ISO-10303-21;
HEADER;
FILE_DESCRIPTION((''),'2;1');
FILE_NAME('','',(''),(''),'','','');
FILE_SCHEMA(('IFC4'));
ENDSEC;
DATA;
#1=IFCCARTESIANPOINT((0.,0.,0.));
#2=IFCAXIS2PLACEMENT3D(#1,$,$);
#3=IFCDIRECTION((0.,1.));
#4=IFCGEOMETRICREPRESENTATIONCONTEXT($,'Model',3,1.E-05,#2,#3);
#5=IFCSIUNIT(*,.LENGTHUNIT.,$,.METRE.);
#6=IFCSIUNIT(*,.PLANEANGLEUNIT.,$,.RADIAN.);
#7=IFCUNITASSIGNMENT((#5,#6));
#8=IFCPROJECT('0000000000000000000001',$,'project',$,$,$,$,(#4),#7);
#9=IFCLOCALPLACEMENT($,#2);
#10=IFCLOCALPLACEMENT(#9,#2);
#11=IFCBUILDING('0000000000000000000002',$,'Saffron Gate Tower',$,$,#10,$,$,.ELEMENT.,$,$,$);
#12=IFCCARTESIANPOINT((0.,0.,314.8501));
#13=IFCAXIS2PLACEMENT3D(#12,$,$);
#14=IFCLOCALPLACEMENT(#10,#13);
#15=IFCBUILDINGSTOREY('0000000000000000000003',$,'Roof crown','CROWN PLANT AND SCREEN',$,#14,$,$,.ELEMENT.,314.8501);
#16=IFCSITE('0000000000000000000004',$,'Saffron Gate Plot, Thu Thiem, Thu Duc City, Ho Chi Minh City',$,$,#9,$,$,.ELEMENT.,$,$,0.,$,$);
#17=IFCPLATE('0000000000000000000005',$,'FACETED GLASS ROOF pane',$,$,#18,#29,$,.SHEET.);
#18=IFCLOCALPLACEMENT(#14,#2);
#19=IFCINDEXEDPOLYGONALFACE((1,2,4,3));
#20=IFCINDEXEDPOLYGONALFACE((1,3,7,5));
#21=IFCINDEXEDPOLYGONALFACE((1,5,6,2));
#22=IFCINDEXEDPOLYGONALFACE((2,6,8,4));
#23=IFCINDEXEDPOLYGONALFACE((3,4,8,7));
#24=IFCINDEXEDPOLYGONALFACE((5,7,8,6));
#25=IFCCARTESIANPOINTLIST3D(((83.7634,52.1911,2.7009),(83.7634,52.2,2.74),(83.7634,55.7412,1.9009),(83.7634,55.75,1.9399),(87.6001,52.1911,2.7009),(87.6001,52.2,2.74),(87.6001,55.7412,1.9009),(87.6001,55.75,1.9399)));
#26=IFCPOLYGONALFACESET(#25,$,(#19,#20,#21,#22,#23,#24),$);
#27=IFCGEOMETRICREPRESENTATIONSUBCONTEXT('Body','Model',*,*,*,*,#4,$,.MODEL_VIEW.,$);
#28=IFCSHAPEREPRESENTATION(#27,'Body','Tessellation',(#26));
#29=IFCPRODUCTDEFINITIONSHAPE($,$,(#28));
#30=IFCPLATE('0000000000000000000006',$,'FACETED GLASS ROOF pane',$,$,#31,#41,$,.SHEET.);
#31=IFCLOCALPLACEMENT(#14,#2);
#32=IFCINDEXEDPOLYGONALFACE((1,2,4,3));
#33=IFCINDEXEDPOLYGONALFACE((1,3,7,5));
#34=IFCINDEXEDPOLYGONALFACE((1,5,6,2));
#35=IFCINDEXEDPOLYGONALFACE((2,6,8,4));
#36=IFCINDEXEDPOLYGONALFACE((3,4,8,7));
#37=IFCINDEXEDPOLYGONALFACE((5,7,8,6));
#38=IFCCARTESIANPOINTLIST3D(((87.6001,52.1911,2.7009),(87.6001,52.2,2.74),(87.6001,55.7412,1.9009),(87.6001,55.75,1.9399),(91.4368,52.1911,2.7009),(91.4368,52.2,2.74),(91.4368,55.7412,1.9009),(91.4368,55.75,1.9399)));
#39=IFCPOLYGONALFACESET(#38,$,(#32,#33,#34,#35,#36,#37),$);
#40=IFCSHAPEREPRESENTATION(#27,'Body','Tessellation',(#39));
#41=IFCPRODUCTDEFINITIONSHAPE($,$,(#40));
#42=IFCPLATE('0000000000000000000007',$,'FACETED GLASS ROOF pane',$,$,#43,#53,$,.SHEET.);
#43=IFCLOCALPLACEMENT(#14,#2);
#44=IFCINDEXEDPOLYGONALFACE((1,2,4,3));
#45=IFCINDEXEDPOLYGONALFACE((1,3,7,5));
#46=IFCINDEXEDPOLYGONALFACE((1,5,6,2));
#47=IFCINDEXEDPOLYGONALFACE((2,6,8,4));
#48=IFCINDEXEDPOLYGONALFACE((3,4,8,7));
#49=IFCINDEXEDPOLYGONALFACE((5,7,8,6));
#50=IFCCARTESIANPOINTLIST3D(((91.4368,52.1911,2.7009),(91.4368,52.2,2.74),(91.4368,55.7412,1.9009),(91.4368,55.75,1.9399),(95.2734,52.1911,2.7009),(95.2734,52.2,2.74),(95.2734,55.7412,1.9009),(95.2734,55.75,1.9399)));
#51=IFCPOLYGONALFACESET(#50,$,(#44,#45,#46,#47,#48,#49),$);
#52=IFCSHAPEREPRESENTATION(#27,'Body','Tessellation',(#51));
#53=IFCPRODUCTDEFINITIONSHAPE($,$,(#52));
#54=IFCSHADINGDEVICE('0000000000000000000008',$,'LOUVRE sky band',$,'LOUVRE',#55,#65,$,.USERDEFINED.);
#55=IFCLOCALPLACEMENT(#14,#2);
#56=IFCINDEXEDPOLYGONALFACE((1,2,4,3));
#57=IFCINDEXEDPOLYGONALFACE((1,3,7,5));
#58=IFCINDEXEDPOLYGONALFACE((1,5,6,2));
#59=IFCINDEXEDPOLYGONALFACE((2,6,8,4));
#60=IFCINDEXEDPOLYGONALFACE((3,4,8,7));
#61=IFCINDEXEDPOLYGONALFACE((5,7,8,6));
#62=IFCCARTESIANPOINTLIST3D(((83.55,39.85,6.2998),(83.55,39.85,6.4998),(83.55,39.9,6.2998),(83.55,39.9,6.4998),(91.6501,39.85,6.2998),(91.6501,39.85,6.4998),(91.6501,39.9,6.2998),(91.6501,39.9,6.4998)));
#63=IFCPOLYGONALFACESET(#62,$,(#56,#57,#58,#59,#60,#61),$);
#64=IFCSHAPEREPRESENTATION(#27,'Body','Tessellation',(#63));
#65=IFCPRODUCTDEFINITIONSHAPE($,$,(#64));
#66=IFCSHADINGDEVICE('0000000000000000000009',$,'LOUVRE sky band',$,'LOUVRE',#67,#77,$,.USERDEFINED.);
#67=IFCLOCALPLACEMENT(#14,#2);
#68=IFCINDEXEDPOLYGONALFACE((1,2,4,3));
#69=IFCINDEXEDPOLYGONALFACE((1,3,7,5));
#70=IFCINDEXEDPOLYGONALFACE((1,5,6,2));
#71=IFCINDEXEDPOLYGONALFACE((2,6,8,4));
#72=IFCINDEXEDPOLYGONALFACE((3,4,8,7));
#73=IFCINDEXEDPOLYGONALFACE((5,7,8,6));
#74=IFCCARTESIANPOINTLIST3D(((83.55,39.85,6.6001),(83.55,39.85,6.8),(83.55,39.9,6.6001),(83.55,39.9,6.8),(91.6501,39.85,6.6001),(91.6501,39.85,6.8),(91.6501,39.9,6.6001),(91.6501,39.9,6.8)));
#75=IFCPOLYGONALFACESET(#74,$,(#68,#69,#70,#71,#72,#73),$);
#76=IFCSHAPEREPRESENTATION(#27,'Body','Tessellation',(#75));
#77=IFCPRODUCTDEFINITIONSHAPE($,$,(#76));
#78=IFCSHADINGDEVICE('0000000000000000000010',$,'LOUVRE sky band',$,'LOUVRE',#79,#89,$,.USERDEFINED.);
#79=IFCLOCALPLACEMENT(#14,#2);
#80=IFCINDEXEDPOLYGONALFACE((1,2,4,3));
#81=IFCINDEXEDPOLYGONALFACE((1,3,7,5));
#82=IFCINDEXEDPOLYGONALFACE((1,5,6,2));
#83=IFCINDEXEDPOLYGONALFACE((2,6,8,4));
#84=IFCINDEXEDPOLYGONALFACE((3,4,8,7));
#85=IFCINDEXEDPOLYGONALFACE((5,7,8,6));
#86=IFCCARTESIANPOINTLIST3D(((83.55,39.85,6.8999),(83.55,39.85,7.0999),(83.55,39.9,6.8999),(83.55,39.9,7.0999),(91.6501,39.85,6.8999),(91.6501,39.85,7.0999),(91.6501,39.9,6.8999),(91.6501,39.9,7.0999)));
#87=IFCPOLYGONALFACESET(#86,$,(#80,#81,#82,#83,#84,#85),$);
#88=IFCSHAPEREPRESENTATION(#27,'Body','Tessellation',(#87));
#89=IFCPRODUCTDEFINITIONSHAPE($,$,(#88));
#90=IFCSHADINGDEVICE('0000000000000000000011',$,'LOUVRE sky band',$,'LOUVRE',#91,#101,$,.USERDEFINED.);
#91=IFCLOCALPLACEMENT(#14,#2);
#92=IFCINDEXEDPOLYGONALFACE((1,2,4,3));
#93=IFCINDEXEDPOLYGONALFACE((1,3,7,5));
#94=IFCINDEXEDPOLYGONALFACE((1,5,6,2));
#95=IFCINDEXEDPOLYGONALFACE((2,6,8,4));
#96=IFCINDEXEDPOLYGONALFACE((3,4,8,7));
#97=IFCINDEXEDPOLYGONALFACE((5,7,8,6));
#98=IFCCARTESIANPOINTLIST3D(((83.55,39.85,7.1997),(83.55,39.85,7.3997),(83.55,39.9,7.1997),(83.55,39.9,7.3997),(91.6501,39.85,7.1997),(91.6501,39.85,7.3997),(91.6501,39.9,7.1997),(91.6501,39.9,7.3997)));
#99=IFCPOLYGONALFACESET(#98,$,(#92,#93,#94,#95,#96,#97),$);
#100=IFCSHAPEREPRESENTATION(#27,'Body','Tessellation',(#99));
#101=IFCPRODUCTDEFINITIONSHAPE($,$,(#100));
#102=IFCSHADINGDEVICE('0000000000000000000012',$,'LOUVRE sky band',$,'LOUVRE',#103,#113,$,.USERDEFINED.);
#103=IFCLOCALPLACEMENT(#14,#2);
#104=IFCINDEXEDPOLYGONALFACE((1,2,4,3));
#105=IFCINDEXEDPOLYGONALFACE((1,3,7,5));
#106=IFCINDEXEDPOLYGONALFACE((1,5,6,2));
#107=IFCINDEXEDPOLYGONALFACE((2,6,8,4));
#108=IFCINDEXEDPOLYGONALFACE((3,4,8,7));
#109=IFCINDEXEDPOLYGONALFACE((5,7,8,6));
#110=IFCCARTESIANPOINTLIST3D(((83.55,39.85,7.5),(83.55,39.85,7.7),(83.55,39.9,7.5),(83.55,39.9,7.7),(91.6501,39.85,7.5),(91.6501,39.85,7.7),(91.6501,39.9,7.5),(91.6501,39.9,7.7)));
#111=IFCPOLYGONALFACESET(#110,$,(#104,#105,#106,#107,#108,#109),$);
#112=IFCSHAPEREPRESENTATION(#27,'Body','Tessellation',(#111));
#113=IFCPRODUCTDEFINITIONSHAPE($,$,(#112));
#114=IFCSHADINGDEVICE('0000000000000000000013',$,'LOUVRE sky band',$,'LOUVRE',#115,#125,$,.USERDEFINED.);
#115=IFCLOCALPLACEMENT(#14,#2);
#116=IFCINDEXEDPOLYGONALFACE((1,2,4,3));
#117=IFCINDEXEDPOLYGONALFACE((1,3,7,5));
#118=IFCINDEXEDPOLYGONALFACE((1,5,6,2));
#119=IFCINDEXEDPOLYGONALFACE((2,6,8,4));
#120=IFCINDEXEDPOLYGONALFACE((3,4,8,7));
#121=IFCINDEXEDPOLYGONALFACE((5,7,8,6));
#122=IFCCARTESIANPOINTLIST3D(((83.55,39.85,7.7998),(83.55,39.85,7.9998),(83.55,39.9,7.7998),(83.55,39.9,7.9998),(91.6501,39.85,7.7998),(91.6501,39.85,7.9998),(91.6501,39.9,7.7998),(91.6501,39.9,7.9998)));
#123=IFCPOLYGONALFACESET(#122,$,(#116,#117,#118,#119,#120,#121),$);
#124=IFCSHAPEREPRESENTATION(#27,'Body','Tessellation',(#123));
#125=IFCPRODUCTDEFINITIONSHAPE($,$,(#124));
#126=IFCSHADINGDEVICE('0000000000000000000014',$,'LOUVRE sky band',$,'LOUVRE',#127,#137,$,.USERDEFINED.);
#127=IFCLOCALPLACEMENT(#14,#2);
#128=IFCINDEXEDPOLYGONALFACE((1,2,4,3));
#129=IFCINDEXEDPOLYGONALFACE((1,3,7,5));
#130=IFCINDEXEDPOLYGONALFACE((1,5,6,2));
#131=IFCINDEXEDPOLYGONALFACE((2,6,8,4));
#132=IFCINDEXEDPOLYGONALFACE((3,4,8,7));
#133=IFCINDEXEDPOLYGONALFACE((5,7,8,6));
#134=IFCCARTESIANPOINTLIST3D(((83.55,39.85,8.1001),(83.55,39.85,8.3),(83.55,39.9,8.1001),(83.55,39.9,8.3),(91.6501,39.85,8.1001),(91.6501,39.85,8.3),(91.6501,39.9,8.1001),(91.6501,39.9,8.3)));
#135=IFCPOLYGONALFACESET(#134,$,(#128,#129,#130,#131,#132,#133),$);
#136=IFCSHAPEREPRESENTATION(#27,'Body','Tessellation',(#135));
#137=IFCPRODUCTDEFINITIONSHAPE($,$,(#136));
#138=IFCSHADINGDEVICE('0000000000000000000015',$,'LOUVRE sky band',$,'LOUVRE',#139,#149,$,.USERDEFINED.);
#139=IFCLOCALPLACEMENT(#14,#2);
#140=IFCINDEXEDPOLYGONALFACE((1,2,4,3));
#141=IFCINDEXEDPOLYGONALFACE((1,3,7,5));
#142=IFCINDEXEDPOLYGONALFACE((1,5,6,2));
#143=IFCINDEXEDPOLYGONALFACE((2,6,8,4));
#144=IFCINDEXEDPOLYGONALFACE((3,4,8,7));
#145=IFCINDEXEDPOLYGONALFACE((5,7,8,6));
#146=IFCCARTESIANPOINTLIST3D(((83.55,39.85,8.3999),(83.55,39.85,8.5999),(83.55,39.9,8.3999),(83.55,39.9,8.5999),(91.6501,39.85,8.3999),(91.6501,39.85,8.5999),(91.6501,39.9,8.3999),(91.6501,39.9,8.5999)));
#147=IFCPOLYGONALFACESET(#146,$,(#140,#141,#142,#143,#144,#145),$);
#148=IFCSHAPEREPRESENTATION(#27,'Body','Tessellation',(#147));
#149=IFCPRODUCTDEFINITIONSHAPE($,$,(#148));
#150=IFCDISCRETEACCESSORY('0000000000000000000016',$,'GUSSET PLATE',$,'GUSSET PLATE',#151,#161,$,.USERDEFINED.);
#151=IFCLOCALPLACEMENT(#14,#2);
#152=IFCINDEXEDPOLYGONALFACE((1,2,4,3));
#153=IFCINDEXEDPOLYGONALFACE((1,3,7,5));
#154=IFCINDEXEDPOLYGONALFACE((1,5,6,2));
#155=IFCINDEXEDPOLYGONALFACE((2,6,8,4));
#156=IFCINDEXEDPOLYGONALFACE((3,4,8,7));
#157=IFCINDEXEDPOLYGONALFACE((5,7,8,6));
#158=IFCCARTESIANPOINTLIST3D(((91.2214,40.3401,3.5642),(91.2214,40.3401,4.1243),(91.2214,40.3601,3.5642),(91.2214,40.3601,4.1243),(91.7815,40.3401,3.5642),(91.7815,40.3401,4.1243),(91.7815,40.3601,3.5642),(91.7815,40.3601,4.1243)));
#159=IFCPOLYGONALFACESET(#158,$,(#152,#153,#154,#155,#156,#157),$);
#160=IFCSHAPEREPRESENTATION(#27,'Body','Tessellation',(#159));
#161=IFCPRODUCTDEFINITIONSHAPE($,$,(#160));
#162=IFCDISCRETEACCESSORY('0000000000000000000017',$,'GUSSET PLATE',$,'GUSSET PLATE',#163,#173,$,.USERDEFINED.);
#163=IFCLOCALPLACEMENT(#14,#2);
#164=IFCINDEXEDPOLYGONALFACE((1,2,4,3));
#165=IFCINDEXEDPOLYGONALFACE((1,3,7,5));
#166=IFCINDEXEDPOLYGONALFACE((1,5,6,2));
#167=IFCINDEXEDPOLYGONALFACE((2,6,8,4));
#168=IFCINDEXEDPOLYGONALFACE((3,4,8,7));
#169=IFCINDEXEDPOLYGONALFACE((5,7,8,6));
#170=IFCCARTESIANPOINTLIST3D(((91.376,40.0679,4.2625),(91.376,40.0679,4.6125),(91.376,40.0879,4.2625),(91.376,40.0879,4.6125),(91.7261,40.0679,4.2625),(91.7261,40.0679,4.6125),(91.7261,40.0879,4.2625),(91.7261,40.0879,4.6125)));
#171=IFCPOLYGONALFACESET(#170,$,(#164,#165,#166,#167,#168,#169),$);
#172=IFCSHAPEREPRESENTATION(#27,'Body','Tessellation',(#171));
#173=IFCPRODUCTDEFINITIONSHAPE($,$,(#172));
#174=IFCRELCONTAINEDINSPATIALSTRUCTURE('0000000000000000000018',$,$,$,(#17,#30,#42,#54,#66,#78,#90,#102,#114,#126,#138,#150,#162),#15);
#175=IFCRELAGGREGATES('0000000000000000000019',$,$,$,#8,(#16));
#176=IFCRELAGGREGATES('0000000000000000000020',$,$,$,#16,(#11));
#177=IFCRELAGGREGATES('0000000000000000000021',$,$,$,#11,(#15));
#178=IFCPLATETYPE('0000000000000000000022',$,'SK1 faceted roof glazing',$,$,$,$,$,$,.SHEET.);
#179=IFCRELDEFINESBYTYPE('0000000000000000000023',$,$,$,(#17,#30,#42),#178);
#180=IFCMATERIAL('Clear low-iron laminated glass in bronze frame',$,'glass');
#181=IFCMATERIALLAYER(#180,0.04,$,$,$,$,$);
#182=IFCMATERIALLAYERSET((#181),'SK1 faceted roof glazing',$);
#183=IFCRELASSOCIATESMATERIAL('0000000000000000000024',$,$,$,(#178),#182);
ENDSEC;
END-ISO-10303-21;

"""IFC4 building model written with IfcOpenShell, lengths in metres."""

from ifc_helpers import new_model, si_unit, direction, frame, origin, origin_2d, place, context, subcontext, project, spatial, polyline, rectangle, outline, extrude, material, layer, layer_set, type_object, element, save


model = new_model("IFC4")

# Units and contexts
model_context = context("Model", 3, precision=1e-05, world=origin(), true_north=direction((0.0, 1.0)))
body_context = subcontext(model_context, "Body", "Model", "MODEL_VIEW")
ifc_project = project(units=[si_unit("LENGTHUNIT", "METRE"), si_unit("PLANEANGLEUNIT", "RADIAN")], contexts=[model_context])

# Site, building, storey
site_placement = place(None, origin())
site = spatial("IfcSite", under=ifc_project, at=site_placement, Name="Saffron Gate Plot, Thu Thiem, Thu Duc City, Ho Chi Minh City", CompositionType="ELEMENT", RefElevation=0.0)
building_placement = place(site_placement, origin())
building = spatial("IfcBuilding", under=site, at=building_placement, Name="Saffron Gate Tower", CompositionType="ELEMENT")
storey_placement = place(building_placement, frame((0.0, 0.0, 314.8501)))
storey = spatial("IfcBuildingStorey", under=building, at=storey_placement, Name="Roof crown", Description="CROWN PLANT AND SCREEN", CompositionType="ELEMENT", Elevation=314.8501)

# Plates
ifc_material_1 = material(Name="Clear low-iron laminated glass in bronze frame", Category="glass")
ifc_layer_1 = layer(ifc_material_1, 0.04)
ifc_layer_set_1 = layer_set([ifc_layer_1], Name="SK1 faceted roof glazing")
plate_type_1 = type_object("IfcPlateType", Name="SK1 faceted roof glazing", PredefinedType="SHEET", material=ifc_layer_set_1)
for number, where, z_axis, x_axis, name in (
    (1, (83.7634, 52.2, 2.74), (0.0, 0.219849, 0.975534), (1.0, 0.0, 0.0), "FACETED GLASS ROOF pane"),
    (2, (87.6001, 52.2, 2.74), (0.0, 0.219849, 0.975534), (1.0, 0.0, 0.0), "FACETED GLASS ROOF pane"),
    (3, (91.4368, 52.2, 2.74), (0.0, 0.219849, 0.975534), (1.0, 0.0, 0.0), "FACETED GLASS ROOF pane"),
):
    element("IfcPlate", number, at=place(storey_placement, frame(where, z_axis=z_axis, x_axis=x_axis)), inside=storey, type_object=plate_type_1, Name=name, PredefinedType="SHEET", context=body_context, shape_type="SweptSolid", body=[
        extrude(outline(polyline([(0.0, 0.0), (3.8367, 0.0), (3.8367, 3.6391), (0.0, 3.6391), (0.0, 0.0)])), origin(), (0.0, 0.0, -1.0), 0.04),
    ])

# Shading devices
for number, where, z_axis, x_axis, name in (
    (4, (87.6001, 39.875, 6.2998), (0.0, 0.0, 1.0), (1.0, 0.0, 0.0), "LOUVRE sky band"),
    (5, (87.6001, 39.875, 6.6001), (0.0, 0.0, 1.0), (1.0, 0.0, 0.0), "LOUVRE sky band"),
    (6, (87.6001, 39.875, 6.8999), (0.0, 0.0, 1.0), (1.0, 0.0, 0.0), "LOUVRE sky band"),
    (7, (87.6001, 39.875, 7.1997), (0.0, 0.0, 1.0), (1.0, 0.0, 0.0), "LOUVRE sky band"),
    (8, (87.6001, 39.875, 7.5), (0.0, 0.0, 1.0), (1.0, 0.0, 0.0), "LOUVRE sky band"),
    (9, (87.6001, 39.875, 7.7998), (0.0, 0.0, 1.0), (1.0, 0.0, 0.0), "LOUVRE sky band"),
    (10, (87.6001, 39.875, 8.1001), (0.0, 0.0, 1.0), (1.0, 0.0, 0.0), "LOUVRE sky band"),
    (11, (87.6001, 39.875, 8.3999), (0.0, 0.0, 1.0), (1.0, 0.0, 0.0), "LOUVRE sky band"),
):
    element("IfcShadingDevice", number, at=place(storey_placement, frame(where, z_axis=z_axis, x_axis=x_axis)), inside=storey, Name=name, ObjectType="LOUVRE", PredefinedType="USERDEFINED", context=body_context, shape_type="SweptSolid", body=[
        extrude(rectangle(XDim=8.1001, YDim=0.05, at=origin_2d()), origin(), (0.0, 0.0, 1.0), 0.2),
    ])

# Discrete accessories
discrete_accessory_1_placement = place(storey_placement, frame((91.5015, 40.3501, 3.5642), z_axis=(0.0, 0.0, 1.0), x_axis=(1.0, 0.0, 0.0)))
element("IfcDiscreteAccessory", 12, at=discrete_accessory_1_placement, inside=storey, Name="GUSSET PLATE", ObjectType="GUSSET PLATE", PredefinedType="USERDEFINED", context=body_context, shape_type="SweptSolid", body=[
    extrude(rectangle(XDim=0.5601, YDim=0.02, at=origin_2d()), origin(), (0.0, 0.0, 1.0), 0.5601),
])
discrete_accessory_2_placement = place(storey_placement, frame((91.551, 40.0779, 4.2625), z_axis=(0.0, 0.0, 1.0), x_axis=(-1.0, 0.0, 0.0)))
element("IfcDiscreteAccessory", 13, at=discrete_accessory_2_placement, inside=storey, Name="GUSSET PLATE", ObjectType="GUSSET PLATE", PredefinedType="USERDEFINED", context=body_context, shape_type="SweptSolid", body=[
    extrude(rectangle(XDim=0.3501, YDim=0.02, at=origin_2d()), origin(), (0.0, 0.0, 1.0), 0.3501),
])

save(model, "model.ifc")
